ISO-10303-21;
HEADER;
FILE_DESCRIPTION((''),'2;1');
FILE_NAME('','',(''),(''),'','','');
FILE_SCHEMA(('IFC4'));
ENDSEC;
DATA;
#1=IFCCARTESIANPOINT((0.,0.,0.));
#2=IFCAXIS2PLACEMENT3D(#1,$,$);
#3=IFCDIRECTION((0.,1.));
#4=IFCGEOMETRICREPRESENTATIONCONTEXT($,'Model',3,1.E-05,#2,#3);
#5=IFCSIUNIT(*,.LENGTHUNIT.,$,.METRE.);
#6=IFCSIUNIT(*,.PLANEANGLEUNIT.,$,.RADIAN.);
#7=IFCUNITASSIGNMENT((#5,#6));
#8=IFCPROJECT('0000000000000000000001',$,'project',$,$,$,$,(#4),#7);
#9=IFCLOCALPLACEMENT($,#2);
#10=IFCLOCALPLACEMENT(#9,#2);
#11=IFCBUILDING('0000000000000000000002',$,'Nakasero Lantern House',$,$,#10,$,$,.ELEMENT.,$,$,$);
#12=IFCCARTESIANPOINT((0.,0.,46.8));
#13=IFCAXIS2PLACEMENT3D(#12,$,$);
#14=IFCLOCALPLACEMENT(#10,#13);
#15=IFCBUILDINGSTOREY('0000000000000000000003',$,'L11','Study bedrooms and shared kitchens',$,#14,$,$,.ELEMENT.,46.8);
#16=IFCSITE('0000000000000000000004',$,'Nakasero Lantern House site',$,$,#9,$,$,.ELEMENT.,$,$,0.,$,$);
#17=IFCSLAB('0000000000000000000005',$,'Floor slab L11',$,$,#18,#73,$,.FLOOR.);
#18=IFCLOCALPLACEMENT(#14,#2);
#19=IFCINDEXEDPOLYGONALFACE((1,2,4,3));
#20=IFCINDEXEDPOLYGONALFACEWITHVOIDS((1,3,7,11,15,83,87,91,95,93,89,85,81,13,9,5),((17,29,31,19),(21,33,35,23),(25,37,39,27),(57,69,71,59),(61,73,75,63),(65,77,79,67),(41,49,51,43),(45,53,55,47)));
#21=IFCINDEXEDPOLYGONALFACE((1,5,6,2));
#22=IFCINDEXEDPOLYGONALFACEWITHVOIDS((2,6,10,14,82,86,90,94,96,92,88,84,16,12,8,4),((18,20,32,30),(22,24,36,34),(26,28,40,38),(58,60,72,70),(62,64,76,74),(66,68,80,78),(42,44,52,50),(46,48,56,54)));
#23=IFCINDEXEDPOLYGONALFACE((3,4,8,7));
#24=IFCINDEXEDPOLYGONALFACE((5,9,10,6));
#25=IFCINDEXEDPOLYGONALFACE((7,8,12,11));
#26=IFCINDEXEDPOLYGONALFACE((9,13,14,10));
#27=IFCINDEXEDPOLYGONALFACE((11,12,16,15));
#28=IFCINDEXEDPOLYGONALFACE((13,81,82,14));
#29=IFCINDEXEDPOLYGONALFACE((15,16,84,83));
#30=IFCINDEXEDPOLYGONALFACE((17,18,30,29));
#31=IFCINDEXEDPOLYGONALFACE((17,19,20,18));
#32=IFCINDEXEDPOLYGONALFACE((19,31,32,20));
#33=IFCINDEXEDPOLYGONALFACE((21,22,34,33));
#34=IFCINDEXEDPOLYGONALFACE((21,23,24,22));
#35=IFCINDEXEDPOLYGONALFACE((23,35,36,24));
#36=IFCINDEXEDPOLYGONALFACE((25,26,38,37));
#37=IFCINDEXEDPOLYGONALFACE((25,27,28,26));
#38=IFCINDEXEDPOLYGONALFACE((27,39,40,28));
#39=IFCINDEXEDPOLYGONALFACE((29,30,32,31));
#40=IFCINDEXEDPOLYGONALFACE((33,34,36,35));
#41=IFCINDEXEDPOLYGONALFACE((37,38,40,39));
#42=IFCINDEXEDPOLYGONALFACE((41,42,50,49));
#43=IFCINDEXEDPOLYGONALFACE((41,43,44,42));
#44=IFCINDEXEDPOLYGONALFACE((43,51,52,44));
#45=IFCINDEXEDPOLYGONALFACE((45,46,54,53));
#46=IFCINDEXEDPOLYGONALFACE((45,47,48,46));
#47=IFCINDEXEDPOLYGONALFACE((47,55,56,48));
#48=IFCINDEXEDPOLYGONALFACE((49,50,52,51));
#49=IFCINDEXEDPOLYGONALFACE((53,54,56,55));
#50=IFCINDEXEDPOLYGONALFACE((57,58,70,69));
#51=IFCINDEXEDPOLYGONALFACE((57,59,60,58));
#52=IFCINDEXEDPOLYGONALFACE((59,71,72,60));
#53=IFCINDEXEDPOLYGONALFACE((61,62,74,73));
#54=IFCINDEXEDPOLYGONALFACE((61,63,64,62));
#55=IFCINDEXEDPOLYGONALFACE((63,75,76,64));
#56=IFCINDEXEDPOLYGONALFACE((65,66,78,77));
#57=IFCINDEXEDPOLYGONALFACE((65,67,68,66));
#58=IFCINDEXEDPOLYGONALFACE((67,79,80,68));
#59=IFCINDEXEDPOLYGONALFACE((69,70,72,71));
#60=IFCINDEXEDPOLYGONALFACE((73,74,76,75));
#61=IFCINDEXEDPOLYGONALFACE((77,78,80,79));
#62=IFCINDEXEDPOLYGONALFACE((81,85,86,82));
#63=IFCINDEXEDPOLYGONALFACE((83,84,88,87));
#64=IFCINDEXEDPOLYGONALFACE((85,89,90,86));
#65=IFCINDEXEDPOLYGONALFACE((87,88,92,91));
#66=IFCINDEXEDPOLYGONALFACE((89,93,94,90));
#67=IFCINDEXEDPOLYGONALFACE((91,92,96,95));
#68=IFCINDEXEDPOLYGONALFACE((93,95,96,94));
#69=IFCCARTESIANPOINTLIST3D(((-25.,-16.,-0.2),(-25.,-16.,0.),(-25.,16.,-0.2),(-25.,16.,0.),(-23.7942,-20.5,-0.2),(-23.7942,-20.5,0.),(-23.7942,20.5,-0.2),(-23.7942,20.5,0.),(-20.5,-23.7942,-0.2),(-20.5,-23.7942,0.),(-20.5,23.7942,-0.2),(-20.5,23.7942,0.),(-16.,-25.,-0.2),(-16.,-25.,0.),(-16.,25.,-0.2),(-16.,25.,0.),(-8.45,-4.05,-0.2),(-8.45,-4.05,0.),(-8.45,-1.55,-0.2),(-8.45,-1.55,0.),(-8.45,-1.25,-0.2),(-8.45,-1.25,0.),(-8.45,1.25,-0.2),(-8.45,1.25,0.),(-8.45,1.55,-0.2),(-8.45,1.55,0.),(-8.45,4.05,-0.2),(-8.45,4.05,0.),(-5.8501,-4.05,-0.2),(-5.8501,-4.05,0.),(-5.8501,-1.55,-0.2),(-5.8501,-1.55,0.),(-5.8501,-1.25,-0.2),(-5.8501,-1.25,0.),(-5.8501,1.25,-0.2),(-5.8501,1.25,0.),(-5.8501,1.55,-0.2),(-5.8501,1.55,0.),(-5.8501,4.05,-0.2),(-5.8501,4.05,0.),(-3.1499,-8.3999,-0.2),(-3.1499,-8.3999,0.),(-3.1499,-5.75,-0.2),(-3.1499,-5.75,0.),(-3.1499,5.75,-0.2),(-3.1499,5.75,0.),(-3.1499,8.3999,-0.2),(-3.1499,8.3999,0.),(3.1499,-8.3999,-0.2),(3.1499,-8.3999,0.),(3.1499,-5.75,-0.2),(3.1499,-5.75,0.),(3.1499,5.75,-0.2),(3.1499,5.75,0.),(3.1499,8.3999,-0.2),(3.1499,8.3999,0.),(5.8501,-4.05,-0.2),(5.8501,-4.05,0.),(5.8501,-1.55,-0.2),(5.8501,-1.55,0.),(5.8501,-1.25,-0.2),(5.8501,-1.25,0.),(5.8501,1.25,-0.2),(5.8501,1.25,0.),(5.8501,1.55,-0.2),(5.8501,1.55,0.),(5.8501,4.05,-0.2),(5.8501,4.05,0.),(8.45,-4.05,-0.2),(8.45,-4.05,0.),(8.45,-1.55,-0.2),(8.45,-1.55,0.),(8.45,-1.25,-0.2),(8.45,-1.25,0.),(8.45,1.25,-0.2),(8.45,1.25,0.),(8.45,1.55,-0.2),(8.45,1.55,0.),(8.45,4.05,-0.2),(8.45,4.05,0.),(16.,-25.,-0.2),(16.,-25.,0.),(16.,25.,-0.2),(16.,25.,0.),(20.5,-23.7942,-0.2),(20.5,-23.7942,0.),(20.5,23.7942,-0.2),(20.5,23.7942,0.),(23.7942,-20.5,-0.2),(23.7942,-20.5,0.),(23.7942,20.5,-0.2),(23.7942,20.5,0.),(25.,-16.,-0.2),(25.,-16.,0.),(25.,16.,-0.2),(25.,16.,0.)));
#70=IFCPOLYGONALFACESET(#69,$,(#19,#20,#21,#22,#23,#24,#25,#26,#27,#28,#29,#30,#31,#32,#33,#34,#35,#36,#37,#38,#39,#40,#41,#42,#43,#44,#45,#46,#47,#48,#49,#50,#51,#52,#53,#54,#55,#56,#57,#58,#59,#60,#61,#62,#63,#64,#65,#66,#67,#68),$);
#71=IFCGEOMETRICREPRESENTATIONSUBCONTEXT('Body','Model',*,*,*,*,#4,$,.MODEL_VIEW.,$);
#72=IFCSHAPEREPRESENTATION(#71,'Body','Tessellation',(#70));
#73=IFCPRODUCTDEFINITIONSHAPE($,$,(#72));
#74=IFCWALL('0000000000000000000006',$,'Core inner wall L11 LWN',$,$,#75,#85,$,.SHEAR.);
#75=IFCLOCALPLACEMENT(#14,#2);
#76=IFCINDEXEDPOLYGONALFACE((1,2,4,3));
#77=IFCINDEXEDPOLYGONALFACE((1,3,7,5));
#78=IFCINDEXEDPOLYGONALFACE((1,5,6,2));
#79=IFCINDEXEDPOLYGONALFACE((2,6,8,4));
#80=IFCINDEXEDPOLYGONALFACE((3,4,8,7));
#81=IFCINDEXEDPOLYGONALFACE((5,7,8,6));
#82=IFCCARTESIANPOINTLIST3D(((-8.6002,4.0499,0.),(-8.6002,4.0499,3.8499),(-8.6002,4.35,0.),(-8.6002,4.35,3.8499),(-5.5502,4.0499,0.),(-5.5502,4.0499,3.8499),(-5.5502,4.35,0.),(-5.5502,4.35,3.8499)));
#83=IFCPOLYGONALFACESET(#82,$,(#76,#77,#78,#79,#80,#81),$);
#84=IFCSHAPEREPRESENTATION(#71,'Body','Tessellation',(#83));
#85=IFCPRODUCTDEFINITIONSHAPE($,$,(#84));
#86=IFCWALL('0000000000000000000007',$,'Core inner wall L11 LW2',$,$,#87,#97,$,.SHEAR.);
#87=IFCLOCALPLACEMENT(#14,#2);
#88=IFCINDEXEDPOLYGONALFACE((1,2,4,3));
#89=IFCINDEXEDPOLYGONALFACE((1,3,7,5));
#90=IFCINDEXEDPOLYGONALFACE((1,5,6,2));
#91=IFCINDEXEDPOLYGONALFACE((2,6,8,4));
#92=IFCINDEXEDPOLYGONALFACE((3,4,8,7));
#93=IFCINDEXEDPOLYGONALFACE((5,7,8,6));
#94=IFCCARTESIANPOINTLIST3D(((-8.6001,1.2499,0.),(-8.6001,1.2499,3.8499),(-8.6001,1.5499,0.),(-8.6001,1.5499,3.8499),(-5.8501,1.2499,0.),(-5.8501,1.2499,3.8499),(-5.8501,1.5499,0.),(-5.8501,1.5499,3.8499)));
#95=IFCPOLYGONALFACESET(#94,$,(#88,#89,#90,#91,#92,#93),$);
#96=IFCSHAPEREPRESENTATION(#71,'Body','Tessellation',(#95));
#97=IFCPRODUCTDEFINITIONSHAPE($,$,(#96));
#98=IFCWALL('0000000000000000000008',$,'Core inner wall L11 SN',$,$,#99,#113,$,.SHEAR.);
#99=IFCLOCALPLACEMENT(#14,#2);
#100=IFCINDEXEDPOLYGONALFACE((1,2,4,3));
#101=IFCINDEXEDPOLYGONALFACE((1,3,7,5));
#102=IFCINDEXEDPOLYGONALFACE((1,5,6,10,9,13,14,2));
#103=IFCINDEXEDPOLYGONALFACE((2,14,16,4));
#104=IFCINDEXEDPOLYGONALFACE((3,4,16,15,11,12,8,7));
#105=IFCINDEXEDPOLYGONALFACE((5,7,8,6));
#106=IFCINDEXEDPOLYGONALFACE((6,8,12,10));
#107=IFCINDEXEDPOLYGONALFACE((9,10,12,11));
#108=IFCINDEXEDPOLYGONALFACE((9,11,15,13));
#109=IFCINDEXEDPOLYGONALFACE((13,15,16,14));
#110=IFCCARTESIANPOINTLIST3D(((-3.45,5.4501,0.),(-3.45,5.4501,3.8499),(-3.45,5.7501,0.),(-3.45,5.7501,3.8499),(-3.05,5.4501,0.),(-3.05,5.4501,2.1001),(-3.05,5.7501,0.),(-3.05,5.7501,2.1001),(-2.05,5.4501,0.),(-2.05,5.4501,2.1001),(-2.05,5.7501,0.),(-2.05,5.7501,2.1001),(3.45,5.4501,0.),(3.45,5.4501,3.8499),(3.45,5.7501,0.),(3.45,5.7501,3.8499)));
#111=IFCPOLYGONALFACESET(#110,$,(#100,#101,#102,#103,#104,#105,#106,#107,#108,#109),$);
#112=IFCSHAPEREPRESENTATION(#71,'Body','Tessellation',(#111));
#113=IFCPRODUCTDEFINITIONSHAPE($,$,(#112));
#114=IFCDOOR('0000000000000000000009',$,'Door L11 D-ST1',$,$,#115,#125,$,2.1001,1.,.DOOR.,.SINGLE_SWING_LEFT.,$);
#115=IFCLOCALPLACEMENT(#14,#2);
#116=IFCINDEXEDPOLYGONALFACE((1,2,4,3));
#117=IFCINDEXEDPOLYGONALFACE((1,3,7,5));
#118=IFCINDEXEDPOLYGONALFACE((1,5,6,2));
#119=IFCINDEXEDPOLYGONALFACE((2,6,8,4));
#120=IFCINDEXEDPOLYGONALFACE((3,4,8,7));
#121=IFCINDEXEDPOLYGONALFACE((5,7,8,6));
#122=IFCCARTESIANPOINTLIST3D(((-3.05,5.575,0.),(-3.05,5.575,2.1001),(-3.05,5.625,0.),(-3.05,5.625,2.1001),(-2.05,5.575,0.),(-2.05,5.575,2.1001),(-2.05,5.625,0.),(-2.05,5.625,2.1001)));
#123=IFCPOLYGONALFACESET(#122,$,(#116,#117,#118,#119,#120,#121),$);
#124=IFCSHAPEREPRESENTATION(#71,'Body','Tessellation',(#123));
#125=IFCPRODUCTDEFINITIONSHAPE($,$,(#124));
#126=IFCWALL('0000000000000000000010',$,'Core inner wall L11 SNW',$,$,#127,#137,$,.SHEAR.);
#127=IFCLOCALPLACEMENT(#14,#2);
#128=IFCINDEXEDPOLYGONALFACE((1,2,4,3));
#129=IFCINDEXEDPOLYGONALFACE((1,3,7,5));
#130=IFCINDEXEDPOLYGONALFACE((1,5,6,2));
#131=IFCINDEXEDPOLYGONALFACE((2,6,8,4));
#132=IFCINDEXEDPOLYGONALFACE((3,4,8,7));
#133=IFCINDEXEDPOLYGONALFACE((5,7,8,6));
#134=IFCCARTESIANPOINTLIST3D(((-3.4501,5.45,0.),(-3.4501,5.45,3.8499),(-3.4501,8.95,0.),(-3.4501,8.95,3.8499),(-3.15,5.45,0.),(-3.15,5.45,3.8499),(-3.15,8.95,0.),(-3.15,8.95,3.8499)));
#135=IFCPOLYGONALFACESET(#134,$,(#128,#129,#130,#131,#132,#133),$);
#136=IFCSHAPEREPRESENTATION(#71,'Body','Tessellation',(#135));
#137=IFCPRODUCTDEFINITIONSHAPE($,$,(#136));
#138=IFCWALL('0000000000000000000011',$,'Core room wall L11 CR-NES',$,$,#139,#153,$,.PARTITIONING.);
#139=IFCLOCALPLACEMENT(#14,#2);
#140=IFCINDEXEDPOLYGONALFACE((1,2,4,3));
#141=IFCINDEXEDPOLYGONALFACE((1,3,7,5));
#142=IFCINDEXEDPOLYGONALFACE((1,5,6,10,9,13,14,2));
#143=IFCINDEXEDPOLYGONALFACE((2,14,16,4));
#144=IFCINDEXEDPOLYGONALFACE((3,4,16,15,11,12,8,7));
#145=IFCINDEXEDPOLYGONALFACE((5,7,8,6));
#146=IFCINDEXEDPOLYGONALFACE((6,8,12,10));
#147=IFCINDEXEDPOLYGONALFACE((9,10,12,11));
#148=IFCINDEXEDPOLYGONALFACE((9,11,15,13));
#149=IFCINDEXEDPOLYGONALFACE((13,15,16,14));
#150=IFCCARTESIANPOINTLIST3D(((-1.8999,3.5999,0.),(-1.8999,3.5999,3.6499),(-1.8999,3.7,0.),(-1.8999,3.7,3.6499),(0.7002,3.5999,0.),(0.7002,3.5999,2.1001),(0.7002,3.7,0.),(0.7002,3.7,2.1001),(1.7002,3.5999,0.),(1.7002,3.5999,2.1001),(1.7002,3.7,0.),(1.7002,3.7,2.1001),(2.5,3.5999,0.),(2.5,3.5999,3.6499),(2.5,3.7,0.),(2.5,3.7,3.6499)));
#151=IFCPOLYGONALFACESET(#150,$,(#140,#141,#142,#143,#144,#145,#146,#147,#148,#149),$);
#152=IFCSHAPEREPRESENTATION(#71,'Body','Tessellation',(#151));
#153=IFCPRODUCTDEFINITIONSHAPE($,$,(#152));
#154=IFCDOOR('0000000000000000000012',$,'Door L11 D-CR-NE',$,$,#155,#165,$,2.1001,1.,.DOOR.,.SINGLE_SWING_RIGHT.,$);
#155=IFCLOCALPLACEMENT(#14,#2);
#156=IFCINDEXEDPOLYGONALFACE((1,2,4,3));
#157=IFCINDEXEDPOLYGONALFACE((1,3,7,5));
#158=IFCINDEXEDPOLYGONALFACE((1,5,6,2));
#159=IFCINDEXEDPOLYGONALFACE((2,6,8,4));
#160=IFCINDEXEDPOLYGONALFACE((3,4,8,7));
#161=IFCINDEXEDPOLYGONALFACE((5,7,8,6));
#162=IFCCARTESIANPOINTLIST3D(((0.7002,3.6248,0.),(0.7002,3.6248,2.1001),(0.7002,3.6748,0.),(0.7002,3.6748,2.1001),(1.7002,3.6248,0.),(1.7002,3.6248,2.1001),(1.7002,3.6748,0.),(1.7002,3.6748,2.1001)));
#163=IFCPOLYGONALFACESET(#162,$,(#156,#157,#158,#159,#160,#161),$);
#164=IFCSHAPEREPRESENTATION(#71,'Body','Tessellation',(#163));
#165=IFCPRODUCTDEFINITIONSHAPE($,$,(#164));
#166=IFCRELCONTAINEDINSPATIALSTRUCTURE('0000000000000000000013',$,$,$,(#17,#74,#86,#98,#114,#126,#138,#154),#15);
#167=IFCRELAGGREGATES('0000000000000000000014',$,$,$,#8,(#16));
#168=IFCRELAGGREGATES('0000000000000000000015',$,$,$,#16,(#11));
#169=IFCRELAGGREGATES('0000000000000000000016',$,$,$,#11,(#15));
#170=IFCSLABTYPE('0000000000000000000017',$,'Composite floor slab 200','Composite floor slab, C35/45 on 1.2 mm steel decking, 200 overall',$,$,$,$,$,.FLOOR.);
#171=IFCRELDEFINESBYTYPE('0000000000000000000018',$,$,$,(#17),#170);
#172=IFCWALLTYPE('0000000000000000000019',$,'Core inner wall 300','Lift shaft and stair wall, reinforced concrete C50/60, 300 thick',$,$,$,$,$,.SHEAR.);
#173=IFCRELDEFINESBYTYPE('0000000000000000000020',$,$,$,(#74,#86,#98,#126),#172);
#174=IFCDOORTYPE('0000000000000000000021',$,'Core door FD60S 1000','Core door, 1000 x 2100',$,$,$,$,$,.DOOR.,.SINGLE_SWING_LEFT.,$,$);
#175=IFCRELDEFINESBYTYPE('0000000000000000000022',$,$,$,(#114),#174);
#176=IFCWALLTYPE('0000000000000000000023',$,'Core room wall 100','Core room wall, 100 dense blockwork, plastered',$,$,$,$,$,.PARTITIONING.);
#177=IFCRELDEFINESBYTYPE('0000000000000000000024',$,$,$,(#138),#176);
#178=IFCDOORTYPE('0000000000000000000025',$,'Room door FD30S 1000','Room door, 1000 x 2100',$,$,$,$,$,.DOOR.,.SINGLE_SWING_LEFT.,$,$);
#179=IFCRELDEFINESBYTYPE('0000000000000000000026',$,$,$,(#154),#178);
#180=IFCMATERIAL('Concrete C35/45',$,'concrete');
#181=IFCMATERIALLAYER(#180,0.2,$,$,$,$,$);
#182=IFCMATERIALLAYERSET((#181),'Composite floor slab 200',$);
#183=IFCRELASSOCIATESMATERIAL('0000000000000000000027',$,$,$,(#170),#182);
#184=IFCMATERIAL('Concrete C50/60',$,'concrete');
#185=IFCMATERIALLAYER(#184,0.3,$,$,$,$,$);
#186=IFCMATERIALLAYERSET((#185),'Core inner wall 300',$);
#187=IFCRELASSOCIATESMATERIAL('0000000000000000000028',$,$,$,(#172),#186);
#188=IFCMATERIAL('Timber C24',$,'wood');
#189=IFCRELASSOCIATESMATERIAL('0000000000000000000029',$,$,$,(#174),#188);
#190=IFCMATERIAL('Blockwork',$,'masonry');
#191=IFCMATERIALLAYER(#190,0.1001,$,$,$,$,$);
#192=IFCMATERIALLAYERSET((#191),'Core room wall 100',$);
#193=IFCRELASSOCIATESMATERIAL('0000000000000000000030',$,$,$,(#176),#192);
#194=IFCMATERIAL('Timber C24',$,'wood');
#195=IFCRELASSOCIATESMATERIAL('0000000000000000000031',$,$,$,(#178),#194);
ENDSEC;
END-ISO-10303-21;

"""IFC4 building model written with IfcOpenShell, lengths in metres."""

from ifc_helpers import new_model, si_unit, direction, frame, frame_2d, origin, place, context, subcontext, project, spatial, polyline, rectangle, outline, extrude, material, layer, layer_set, type_object, element, fill, save


model = new_model("IFC4")

# Units and contexts
model_context = context("Model", 3, precision=1e-05, world=origin(), true_north=direction((0.0, 1.0)))
body_context = subcontext(model_context, "Body", "Model", "MODEL_VIEW")
ifc_project = project(units=[si_unit("LENGTHUNIT", "METRE"), si_unit("PLANEANGLEUNIT", "RADIAN")], contexts=[model_context])

# Site, building, storey
site_placement = place(None, origin())
site = spatial("IfcSite", under=ifc_project, at=site_placement, Name="Nakasero Lantern House site", CompositionType="ELEMENT", RefElevation=0.0)
building_placement = place(site_placement, origin())
building = spatial("IfcBuilding", under=site, at=building_placement, Name="Nakasero Lantern House", CompositionType="ELEMENT")
storey_placement = place(building_placement, frame((0.0, 0.0, 46.8)))
storey = spatial("IfcBuildingStorey", under=building, at=storey_placement, Name="L11", Description="Study bedrooms and shared kitchens", CompositionType="ELEMENT", Elevation=46.8)

# Slab
ifc_material_1 = material(Name="Concrete C35/45", Category="concrete")
ifc_layer_1 = layer(ifc_material_1, 0.2)
ifc_layer_set_1 = layer_set([ifc_layer_1], Name="Composite floor slab 200")
slab_type_1 = type_object("IfcSlabType", Name="Composite floor slab 200", Description="Composite floor slab, C35/45 on 1.2 mm steel decking, 200 overall", PredefinedType="FLOOR", material=ifc_layer_set_1)
slab_1_placement = place(storey_placement, frame((0.0, 0.0, -0.2)))
element("IfcSlab", 1, at=slab_1_placement, inside=storey, type_object=slab_type_1, Name="Floor slab L11", PredefinedType="FLOOR", context=body_context, shape_type="SweptSolid", body=[
    extrude(outline(polyline([(25.0, 16.0), (23.7942, 20.5), (20.5, 23.7942), (16.0, 25.0), (-16.0, 25.0), (-20.5, 23.7942), (-23.7942, 20.5), (-25.0, 16.0), (-25.0, -16.0), (-23.7942, -20.5), (-20.5, -23.7942), (-16.0, -25.0), (16.0, -25.0), (20.5, -23.7942), (23.7942, -20.5), (25.0, -16.0), (25.0, 16.0)]), holes=[polyline([(-8.45, -4.05), (-5.8501, -4.05), (-5.8501, -1.55), (-8.45, -1.55), (-8.45, -4.05)]), polyline([(-8.45, -1.25), (-5.8501, -1.25), (-5.8501, 1.25), (-8.45, 1.25), (-8.45, -1.25)]), polyline([(-8.45, 1.55), (-5.8501, 1.55), (-5.8501, 4.05), (-8.45, 4.05), (-8.45, 1.55)]), polyline([(5.8501, -4.05), (8.45, -4.05), (8.45, -1.55), (5.8501, -1.55), (5.8501, -4.05)]), polyline([(5.8501, -1.25), (8.45, -1.25), (8.45, 1.25), (5.8501, 1.25), (5.8501, -1.25)]), polyline([(5.8501, 1.55), (8.45, 1.55), (8.45, 4.05), (5.8501, 4.05), (5.8501, 1.55)]), polyline([(-3.1499, 5.75), (3.1499, 5.75), (3.1499, 8.3999), (-3.1499, 8.3999), (-3.1499, 5.75)]), polyline([(-3.1499, -8.3999), (3.1499, -8.3999), (3.1499, -5.75), (-3.1499, -5.75), (-3.1499, -8.3999)])]), origin(), (0.0, 0.0, 1.0), 0.2),
])

# Walls
ifc_material_2 = material(Name="Concrete C50/60", Category="concrete")
ifc_layer_2 = layer(ifc_material_2, 0.3)
ifc_layer_set_2 = layer_set([ifc_layer_2], Name="Core inner wall 300")
wall_type_1 = type_object("IfcWallType", Name="Core inner wall 300", Description="Lift shaft and stair wall, reinforced concrete C50/60, 300 thick", PredefinedType="SHEAR", material=ifc_layer_set_2)
wall_1_placement = place(storey_placement, frame((-8.6001, 4.2, 0.0), z_axis=(0.0, 0.0, 1.0), x_axis=(1.0, 0.0, 0.0)))
element("IfcWall", 2, at=wall_1_placement, inside=storey, type_object=wall_type_1, Name="Core inner wall L11 LWN", PredefinedType="SHEAR", context=body_context, shape_type="SweptSolid", body=[
    extrude(rectangle(XDim=3.05, YDim=0.3, at=frame_2d((1.5249, 0.0))), origin(), (0.0, 0.0, 1.0), 3.8499),
])
wall_2_placement = place(storey_placement, frame((-8.6001, 1.3999, 0.0), z_axis=(0.0, 0.0, 1.0), x_axis=(1.0, 0.0, 0.0)))
element("IfcWall", 3, at=wall_2_placement, inside=storey, type_object=wall_type_1, Name="Core inner wall L11 LW2", PredefinedType="SHEAR", context=body_context, shape_type="SweptSolid", body=[
    extrude(rectangle(XDim=2.75, YDim=0.3, at=frame_2d((1.375, 0.0))), origin(), (0.0, 0.0, 1.0), 3.8499),
])

# Wall, opening, door
wall_3_placement = place(storey_placement, frame((-3.45, 5.6001, 0.0), z_axis=(0.0, 0.0, 1.0), x_axis=(1.0, 0.0, 0.0)))
wall_3 = element("IfcWall", 4, at=wall_3_placement, inside=storey, type_object=wall_type_1, Name="Core inner wall L11 SN", PredefinedType="SHEAR", context=body_context, shape_type="SweptSolid", body=[
    extrude(rectangle(XDim=6.8999, YDim=0.3, at=frame_2d((3.45, 0.0))), origin(), (0.0, 0.0, 1.0), 3.8499),
])
opening_1_placement = place(wall_3_placement, frame((0.3999, 0.0, 0.0)))
opening_1 = element("IfcOpeningElement", 5, at=opening_1_placement, cuts=wall_3, PredefinedType="OPENING", context=body_context, shape_type="SweptSolid", body=[
    extrude(rectangle(XDim=1.0, YDim=2.1001, at=frame_2d((0.5, 1.05))), frame((0.0, 0.1699, 0.0), z_axis=(0.0, -1.0, 0.0), x_axis=(1.0, 0.0, 0.0)), (0.0, 0.0, 1.0), 0.3401),
])
ifc_material_3 = material(Name="Timber C24", Category="wood")
door_type_1 = type_object("IfcDoorType", Name="Core door FD60S 1000", Description="Core door, 1000 x 2100", OperationType="SINGLE_SWING_LEFT", PredefinedType="DOOR", material=ifc_material_3)
door_1_placement = place(opening_1_placement, origin())
door_1 = element("IfcDoor", 6, at=door_1_placement, inside=storey, type_object=door_type_1, Name="Door L11 D-ST1", OperationType="SINGLE_SWING_LEFT", OverallHeight=2.1001, OverallWidth=1.0, PredefinedType="DOOR", context=body_context, shape_type="SweptSolid", body=[
    extrude(rectangle(XDim=1.0, YDim=2.1001, at=frame_2d((0.5, 1.05))), frame((0.0, 0.0249, 0.0), z_axis=(0.0, -1.0, 0.0), x_axis=(1.0, 0.0, 0.0)), (0.0, 0.0, 1.0), 0.05),
])
fill(opening_1, door_1)

# Wall
wall_4_placement = place(storey_placement, frame((-3.3, 5.45, 0.0), z_axis=(0.0, 0.0, 1.0), x_axis=(0.0, 1.0, 0.0)))
element("IfcWall", 7, at=wall_4_placement, inside=storey, type_object=wall_type_1, Name="Core inner wall L11 SNW", PredefinedType="SHEAR", context=body_context, shape_type="SweptSolid", body=[
    extrude(rectangle(XDim=3.5, YDim=0.3, at=frame_2d((1.75, 0.0))), origin(), (0.0, 0.0, 1.0), 3.8499),
])

# Wall, opening, door
ifc_material_4 = material(Name="Blockwork", Category="masonry")
ifc_layer_3 = layer(ifc_material_4, 0.1001)
ifc_layer_set_3 = layer_set([ifc_layer_3], Name="Core room wall 100")
wall_type_2 = type_object("IfcWallType", Name="Core room wall 100", Description="Core room wall, 100 dense blockwork, plastered", PredefinedType="PARTITIONING", material=ifc_layer_set_3)
wall_5_placement = place(storey_placement, frame((-1.8999, 3.6499, 0.0), z_axis=(0.0, 0.0, 1.0), x_axis=(1.0, 0.0, 0.0)))
wall_5 = element("IfcWall", 8, at=wall_5_placement, inside=storey, type_object=wall_type_2, Name="Core room wall L11 CR-NES", PredefinedType="PARTITIONING", context=body_context, shape_type="SweptSolid", body=[
    extrude(rectangle(XDim=4.3999, YDim=0.1001, at=frame_2d((2.2, 0.0))), origin(), (0.0, 0.0, 1.0), 3.6499),
])
opening_2_placement = place(wall_5_placement, frame((2.6001, 0.0, 0.0)))
opening_2 = element("IfcOpeningElement", 9, at=opening_2_placement, cuts=wall_5, PredefinedType="OPENING", context=body_context, shape_type="SweptSolid", body=[
    extrude(rectangle(XDim=1.0, YDim=2.1001, at=frame_2d((0.5, 1.05))), frame((0.0, 0.0701, 0.0), z_axis=(0.0, -1.0, 0.0), x_axis=(1.0, 0.0, 0.0)), (0.0, 0.0, 1.0), 0.1401),
])
ifc_material_5 = material(Name="Timber C24", Category="wood")
door_type_2 = type_object("IfcDoorType", Name="Room door FD30S 1000", Description="Room door, 1000 x 2100", OperationType="SINGLE_SWING_LEFT", PredefinedType="DOOR", material=ifc_material_5)
door_2_placement = place(opening_2_placement, origin())
door_2 = element("IfcDoor", 10, at=door_2_placement, inside=storey, type_object=door_type_2, Name="Door L11 D-CR-NE", OperationType="SINGLE_SWING_RIGHT", OverallHeight=2.1001, OverallWidth=1.0, PredefinedType="DOOR", context=body_context, shape_type="SweptSolid", body=[
    extrude(rectangle(XDim=1.0, YDim=2.1001, at=frame_2d((0.5, 1.05))), frame((0.0, 0.0249, 0.0), z_axis=(0.0, -1.0, 0.0), x_axis=(1.0, 0.0, 0.0)), (0.0, 0.0, 1.0), 0.05),
])
fill(opening_2, door_2)

save(model, "model.ifc")
